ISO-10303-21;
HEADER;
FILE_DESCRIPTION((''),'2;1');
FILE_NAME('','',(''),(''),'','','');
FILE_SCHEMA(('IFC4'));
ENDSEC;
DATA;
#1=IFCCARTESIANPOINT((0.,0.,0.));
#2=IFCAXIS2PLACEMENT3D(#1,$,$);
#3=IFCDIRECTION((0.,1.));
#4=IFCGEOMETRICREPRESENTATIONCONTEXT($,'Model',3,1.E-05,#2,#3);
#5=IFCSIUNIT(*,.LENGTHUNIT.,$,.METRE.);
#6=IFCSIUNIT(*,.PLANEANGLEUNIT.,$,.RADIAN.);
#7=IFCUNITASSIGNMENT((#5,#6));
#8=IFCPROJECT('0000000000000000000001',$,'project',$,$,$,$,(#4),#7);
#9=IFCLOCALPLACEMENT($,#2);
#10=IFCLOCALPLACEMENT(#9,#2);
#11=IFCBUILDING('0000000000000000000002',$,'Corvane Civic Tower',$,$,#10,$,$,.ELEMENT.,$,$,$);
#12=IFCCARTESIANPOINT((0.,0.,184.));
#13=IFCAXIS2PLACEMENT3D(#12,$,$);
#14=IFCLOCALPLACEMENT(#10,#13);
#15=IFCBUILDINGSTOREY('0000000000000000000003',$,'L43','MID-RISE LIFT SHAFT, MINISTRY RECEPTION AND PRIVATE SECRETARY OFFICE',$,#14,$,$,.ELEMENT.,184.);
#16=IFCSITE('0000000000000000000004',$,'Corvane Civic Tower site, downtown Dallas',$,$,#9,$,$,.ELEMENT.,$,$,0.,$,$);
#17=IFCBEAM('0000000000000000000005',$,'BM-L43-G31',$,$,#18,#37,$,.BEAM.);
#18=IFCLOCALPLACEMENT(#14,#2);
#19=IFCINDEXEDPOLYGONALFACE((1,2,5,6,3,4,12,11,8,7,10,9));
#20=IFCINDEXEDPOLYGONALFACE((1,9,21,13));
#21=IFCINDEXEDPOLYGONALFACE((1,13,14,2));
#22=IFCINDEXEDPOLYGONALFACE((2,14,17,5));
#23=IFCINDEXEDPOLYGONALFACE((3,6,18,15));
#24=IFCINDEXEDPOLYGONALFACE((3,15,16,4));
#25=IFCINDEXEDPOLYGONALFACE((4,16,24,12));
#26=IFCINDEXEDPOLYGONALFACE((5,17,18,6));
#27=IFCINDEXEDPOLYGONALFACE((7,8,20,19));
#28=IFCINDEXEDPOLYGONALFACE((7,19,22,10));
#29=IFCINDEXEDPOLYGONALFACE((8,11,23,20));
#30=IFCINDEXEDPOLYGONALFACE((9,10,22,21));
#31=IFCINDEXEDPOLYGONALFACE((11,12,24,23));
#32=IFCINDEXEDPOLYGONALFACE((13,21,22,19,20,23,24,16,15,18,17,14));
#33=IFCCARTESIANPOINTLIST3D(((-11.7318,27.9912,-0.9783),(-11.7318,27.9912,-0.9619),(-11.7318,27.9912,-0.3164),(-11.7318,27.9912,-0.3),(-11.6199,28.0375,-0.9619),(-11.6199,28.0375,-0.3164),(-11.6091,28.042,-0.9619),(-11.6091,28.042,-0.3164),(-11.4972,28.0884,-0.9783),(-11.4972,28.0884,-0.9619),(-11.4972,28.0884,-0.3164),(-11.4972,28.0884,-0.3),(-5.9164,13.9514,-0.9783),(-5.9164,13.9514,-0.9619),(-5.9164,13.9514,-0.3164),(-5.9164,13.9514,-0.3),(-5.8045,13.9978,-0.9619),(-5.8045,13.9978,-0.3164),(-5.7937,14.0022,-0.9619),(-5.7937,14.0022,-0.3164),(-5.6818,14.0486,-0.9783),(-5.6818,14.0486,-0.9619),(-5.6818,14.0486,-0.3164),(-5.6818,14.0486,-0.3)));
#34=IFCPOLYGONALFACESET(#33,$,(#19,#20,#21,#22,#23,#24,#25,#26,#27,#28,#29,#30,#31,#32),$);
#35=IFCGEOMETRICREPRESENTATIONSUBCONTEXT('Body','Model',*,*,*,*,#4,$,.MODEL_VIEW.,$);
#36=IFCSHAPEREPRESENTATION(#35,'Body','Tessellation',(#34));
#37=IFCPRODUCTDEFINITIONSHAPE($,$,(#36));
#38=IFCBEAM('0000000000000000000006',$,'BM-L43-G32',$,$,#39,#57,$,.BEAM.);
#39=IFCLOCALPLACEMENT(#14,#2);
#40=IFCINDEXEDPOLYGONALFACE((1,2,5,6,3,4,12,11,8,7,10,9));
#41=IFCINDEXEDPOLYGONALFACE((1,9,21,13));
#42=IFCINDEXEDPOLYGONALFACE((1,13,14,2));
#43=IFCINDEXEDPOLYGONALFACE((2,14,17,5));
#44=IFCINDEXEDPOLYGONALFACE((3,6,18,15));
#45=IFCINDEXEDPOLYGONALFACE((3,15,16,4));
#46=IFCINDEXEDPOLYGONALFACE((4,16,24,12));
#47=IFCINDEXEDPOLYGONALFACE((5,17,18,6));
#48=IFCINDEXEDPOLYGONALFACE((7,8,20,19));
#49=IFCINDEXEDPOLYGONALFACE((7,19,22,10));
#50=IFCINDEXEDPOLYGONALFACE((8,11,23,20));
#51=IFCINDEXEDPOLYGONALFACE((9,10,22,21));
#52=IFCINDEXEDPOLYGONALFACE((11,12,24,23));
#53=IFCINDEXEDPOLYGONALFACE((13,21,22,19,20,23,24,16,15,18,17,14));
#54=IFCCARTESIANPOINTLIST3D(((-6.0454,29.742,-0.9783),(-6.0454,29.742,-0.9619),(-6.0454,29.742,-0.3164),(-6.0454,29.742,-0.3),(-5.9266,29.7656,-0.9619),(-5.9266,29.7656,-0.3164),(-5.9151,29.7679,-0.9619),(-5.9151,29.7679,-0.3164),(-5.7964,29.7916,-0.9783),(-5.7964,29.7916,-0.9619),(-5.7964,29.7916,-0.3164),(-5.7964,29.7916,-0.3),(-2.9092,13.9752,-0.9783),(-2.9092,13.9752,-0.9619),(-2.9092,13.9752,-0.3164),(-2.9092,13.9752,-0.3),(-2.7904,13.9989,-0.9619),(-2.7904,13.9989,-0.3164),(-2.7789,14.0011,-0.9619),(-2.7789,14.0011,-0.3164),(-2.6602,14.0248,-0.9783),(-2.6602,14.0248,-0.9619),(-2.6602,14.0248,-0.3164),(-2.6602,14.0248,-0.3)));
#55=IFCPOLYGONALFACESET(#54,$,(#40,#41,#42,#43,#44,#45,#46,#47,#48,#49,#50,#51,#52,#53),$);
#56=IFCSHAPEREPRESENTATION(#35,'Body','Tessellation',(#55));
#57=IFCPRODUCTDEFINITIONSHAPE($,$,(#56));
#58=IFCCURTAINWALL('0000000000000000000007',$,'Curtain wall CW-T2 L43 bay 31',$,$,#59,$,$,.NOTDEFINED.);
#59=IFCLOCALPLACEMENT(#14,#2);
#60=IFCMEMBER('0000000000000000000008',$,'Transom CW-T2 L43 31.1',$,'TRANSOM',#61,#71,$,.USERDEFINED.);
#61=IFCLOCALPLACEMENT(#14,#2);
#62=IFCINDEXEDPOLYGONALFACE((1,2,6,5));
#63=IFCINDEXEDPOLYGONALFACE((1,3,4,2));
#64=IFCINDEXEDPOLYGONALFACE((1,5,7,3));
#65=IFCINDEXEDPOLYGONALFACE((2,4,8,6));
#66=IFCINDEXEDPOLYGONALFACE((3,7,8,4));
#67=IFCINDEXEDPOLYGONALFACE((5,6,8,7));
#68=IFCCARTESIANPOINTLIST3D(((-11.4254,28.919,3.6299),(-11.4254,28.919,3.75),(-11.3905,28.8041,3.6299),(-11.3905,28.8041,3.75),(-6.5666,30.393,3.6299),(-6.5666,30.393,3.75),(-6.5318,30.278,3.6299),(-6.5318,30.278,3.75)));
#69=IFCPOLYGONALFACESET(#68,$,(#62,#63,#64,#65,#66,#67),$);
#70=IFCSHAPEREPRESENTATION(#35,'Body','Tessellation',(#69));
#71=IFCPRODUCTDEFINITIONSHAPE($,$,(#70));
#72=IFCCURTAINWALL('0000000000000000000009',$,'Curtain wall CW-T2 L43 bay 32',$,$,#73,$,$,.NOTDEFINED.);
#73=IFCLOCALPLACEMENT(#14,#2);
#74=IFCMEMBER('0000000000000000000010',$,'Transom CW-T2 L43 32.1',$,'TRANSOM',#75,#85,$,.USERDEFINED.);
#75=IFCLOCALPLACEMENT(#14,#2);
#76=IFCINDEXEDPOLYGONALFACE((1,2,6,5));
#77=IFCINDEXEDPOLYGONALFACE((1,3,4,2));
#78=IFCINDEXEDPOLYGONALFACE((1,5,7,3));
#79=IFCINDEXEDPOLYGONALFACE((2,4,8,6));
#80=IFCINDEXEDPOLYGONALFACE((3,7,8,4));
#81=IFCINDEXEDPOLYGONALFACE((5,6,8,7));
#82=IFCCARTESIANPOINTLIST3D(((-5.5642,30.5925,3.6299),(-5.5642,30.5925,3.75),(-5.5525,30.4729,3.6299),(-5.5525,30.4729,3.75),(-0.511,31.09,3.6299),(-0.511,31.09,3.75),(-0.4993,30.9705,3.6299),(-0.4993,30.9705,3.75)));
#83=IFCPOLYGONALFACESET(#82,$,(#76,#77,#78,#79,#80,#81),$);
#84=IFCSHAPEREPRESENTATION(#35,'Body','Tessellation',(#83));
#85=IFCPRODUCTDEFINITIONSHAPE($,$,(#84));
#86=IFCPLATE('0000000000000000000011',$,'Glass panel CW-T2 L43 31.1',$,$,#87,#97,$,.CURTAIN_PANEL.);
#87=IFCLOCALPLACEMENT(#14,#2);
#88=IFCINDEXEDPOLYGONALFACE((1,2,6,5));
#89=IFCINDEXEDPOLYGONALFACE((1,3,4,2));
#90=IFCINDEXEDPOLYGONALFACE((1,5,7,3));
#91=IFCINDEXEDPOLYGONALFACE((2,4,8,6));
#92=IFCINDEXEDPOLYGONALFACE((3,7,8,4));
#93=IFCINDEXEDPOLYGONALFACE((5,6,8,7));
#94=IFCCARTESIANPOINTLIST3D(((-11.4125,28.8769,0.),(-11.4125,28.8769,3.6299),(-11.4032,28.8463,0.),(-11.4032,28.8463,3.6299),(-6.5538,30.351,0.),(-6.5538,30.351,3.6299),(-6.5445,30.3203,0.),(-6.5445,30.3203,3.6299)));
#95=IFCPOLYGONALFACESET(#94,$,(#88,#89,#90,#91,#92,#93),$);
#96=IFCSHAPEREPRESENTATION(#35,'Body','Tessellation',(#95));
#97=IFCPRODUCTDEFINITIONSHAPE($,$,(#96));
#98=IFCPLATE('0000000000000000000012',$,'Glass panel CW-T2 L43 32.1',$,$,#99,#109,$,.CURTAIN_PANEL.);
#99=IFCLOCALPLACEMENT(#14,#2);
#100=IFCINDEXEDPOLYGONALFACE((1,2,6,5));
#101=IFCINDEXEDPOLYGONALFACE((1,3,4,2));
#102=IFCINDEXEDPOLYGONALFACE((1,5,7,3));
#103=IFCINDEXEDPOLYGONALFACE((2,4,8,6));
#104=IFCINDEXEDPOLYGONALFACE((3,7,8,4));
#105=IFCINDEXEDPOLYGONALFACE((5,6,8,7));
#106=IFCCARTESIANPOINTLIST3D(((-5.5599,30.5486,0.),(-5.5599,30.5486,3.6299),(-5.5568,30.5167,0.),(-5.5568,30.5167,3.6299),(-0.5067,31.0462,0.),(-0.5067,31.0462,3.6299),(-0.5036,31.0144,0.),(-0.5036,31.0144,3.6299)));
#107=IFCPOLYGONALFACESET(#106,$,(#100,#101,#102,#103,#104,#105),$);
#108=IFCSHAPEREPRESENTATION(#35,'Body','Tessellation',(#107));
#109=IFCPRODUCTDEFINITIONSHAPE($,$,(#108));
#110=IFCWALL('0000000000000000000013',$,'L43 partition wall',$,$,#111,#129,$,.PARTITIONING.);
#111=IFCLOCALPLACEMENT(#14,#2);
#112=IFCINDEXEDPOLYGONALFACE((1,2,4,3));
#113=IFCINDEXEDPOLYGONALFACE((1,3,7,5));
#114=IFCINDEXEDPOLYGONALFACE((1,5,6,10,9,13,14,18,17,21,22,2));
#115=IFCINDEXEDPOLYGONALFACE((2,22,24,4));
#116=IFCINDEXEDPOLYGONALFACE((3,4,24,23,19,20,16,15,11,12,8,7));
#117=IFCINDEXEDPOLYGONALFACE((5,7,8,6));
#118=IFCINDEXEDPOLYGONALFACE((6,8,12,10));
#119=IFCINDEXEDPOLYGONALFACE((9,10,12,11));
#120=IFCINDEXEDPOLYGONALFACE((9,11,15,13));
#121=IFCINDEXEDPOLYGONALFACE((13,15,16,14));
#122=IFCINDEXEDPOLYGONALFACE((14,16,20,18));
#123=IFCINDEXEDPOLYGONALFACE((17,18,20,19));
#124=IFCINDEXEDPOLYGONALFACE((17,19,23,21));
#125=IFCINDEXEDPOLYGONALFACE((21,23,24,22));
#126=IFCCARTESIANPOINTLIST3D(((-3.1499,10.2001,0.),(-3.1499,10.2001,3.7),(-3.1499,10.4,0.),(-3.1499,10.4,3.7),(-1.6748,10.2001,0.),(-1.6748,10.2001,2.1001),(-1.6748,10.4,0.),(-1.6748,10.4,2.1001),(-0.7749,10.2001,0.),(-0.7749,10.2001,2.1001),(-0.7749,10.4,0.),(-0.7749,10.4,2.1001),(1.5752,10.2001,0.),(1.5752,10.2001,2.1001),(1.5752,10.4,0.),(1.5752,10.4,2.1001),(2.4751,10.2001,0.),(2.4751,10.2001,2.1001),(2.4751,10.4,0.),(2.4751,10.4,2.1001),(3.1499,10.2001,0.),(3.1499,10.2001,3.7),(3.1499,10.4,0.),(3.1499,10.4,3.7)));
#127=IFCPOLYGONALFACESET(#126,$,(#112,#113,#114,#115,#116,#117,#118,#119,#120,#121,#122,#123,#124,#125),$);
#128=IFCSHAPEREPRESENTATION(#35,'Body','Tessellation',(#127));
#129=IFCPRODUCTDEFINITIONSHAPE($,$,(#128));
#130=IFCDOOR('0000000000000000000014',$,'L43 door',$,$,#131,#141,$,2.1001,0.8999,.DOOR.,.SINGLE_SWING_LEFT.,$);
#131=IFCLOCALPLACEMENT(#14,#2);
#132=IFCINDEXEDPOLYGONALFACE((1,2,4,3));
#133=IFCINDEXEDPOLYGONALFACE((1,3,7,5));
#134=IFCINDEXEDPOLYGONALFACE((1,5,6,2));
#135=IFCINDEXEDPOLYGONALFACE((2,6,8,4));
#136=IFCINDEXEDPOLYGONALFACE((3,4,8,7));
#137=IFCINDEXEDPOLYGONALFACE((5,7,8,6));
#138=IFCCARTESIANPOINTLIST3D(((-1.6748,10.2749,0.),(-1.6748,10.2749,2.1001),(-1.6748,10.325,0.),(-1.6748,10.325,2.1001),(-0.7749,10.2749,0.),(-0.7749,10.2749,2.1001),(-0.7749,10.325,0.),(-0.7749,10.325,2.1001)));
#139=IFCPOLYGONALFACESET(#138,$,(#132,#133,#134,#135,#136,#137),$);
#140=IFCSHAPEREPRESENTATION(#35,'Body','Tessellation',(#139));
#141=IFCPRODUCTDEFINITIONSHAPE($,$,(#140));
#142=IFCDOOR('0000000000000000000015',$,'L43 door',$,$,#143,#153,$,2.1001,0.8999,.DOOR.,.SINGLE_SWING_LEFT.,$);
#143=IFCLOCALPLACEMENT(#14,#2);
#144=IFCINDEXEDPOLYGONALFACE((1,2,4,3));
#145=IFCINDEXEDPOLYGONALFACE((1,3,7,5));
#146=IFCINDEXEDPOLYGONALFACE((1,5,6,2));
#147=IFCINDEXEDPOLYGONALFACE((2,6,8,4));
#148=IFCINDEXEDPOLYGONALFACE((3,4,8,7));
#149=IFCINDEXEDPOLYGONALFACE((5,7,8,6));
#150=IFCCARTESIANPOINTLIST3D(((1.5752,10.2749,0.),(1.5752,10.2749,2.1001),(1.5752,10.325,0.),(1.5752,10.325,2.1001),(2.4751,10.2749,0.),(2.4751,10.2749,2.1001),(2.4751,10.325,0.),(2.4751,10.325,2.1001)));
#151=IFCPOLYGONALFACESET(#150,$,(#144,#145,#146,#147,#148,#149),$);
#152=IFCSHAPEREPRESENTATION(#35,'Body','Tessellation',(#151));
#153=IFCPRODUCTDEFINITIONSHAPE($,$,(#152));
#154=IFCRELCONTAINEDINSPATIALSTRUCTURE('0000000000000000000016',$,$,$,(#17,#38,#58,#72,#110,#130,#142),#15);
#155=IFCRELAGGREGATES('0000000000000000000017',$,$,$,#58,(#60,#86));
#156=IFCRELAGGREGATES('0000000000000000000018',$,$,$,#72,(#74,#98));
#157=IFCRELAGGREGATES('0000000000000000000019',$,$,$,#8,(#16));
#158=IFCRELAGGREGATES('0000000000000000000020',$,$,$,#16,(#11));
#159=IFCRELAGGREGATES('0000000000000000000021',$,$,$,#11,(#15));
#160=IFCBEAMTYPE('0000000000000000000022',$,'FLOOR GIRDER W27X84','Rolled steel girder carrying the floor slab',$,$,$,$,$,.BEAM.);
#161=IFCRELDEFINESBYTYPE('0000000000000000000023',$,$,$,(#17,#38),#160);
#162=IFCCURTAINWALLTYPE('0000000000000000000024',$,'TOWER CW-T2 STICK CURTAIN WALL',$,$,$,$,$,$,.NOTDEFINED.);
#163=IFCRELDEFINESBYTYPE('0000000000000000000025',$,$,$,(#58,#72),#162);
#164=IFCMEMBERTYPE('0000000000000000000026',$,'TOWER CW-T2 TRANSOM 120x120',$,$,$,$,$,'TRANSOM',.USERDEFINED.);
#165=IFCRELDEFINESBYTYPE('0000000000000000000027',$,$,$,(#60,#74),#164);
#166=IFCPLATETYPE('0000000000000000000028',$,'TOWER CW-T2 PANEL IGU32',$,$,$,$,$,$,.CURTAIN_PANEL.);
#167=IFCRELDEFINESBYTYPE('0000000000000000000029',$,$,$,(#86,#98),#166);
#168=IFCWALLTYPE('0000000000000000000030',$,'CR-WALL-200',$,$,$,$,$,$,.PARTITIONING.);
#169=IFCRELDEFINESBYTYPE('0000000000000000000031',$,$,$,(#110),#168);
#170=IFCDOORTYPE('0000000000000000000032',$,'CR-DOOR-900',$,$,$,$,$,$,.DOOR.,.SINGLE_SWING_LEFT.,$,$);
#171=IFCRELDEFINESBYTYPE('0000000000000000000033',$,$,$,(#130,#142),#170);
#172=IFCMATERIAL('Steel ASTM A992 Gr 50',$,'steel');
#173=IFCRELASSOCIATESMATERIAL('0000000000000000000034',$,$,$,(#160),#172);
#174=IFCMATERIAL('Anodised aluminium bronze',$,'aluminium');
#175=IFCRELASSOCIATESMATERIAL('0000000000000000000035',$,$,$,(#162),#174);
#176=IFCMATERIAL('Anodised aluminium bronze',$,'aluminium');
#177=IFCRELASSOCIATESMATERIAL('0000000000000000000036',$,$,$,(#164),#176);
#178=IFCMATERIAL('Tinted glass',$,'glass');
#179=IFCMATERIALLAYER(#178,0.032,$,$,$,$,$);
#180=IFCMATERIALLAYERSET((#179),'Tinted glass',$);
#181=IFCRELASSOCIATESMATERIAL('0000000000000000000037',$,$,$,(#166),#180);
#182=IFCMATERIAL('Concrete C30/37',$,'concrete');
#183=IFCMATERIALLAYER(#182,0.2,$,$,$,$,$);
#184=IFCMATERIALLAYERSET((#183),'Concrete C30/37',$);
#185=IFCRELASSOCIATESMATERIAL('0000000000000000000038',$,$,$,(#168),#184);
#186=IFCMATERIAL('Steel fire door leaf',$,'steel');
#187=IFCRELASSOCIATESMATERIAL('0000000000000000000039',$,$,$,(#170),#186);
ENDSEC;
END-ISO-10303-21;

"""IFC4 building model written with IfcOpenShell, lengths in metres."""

from ifc_helpers import new_model, si_unit, direction, frame, frame_2d, origin, origin_2d, place, context, subcontext, project, spatial, rectangle, i_section, extrude, material, layer, layer_set, material_profile, profile_set, type_object, element, fill, aggregate, save


model = new_model("IFC4")

# Units and contexts
model_context = context("Model", 3, precision=1e-05, world=origin(), true_north=direction((0.0, 1.0)))
body_context = subcontext(model_context, "Body", "Model", "MODEL_VIEW")
ifc_project = project(units=[si_unit("LENGTHUNIT", "METRE"), si_unit("PLANEANGLEUNIT", "RADIAN")], contexts=[model_context])

# Site, building, storey
site_placement = place(None, origin())
site = spatial("IfcSite", under=ifc_project, at=site_placement, Name="Corvane Civic Tower site, downtown Dallas", CompositionType="ELEMENT", RefElevation=0.0)
building_placement = place(site_placement, origin())
building = spatial("IfcBuilding", under=site, at=building_placement, Name="Corvane Civic Tower", CompositionType="ELEMENT")
storey_placement = place(building_placement, frame((0.0, 0.0, 184.0)))
storey = spatial("IfcBuildingStorey", under=building, at=storey_placement, Name="L43", Description="MID-RISE LIFT SHAFT, MINISTRY RECEPTION AND PRIVATE SECRETARY OFFICE", CompositionType="ELEMENT", Elevation=184.0)

# Beams
ifc_material_1 = material(Name="Steel ASTM A992 Gr 50", Category="steel")
ifc_material_profile_1 = material_profile(ifc_material_1, i_section(OverallWidth=0.2539, OverallDepth=0.6782, WebThickness=0.0117, FlangeThickness=0.0164, at=origin_2d()), Name="W27X84")
ifc_profile_set_1 = profile_set([ifc_material_profile_1], Name="Steel ASTM A992 Gr 50")
beam_type_1 = type_object("IfcBeamType", Name="FLOOR GIRDER W27X84", Description="Rolled steel girder carrying the floor slab", PredefinedType="BEAM", material=ifc_profile_set_1)
beam_1_placement = place(storey_placement, frame((-5.7991, 14.0, -0.6392), z_axis=(-0.382681, 0.923881, 0.0), x_axis=(-0.923881, -0.382681, 0.0)))
element("IfcBeam", 1, at=beam_1_placement, inside=storey, type_object=beam_type_1, Name="BM-L43-G31", PredefinedType="BEAM", context=body_context, shape_type="SweptSolid", body=[
    extrude(i_section(OverallWidth=0.2539, OverallDepth=0.6782, WebThickness=0.0117, FlangeThickness=0.0164, at=origin_2d()), origin(), (0.0, 0.0, 1.0), 15.1965),
])
beam_2_placement = place(storey_placement, frame((-2.7847, 14.0, -0.6392), z_axis=(-0.195091, 0.980785, 0.0), x_axis=(-0.980785, -0.195091, 0.0)))
element("IfcBeam", 2, at=beam_2_placement, inside=storey, type_object=beam_type_1, Name="BM-L43-G32", PredefinedType="BEAM", context=body_context, shape_type="SweptSolid", body=[
    extrude(i_section(OverallWidth=0.2539, OverallDepth=0.6782, WebThickness=0.0117, FlangeThickness=0.0164, at=origin_2d()), origin(), (0.0, 0.0, 1.0), 16.0757),
])

# Curtain walls, members
ifc_material_2 = material(Name="Anodised aluminium bronze", Category="aluminium")
curtain_wall_type = type_object("IfcCurtainWallType", Name="TOWER CW-T2 STICK CURTAIN WALL", PredefinedType="NOTDEFINED", material=ifc_material_2)
curtain_wall_1_placement = place(storey_placement, origin())
curtain_wall_1 = element("IfcCurtainWall", 3, at=curtain_wall_1_placement, inside=storey, type_object=curtain_wall_type, Name="Curtain wall CW-T2 L43 bay 31", PredefinedType="NOTDEFINED")
ifc_material_3 = material(Name="Anodised aluminium bronze", Category="aluminium")
ifc_material_profile_2 = material_profile(ifc_material_3, rectangle(XDim=0.1201, YDim=0.1201, at=origin_2d()), Name="TOWER CW-T2 TRANSOM 120x120")
ifc_profile_set_2 = profile_set([ifc_material_profile_2], Name="Anodised aluminium bronze")
member_type = type_object("IfcMemberType", Name="TOWER CW-T2 TRANSOM 120x120", ElementType="TRANSOM", PredefinedType="USERDEFINED", material=ifc_profile_set_2)
member_1_placement = place(storey_placement, frame((-11.408, 28.8616, 3.6899), z_axis=(0.956939, 0.290289, 0.0), x_axis=(-0.290289, 0.956939, 0.0)))
member_1 = element("IfcMember", 4, at=member_1_placement, type_object=member_type, Name="Transom CW-T2 L43 31.1", ObjectType="TRANSOM", PredefinedType="USERDEFINED", context=body_context, shape_type="SweptSolid", body=[
    extrude(rectangle(XDim=0.1201, YDim=0.1201, at=origin_2d()), origin(), (0.0, 0.0, 1.0), 5.0774),
])
curtain_wall_2_placement = place(storey_placement, origin())
curtain_wall_2 = element("IfcCurtainWall", 5, at=curtain_wall_2_placement, inside=storey, type_object=curtain_wall_type, Name="Curtain wall CW-T2 L43 bay 32", PredefinedType="NOTDEFINED")
member_2_placement = place(storey_placement, frame((-5.5583, 30.5327, 3.6899), z_axis=(0.995187, 0.09799, 0.0), x_axis=(-0.09799, 0.995187, 0.0)))
member_2 = element("IfcMember", 6, at=member_2_placement, type_object=member_type, Name="Transom CW-T2 L43 32.1", ObjectType="TRANSOM", PredefinedType="USERDEFINED", context=body_context, shape_type="SweptSolid", body=[
    extrude(rectangle(XDim=0.1201, YDim=0.1201, at=origin_2d()), origin(), (0.0, 0.0, 1.0), 5.0776),
])

# Plates
ifc_material_4 = material(Name="Tinted glass", Category="glass")
ifc_layer_1 = layer(ifc_material_4, 0.032)
ifc_layer_set_1 = layer_set([ifc_layer_1], Name="Tinted glass")
plate_type = type_object("IfcPlateType", Name="TOWER CW-T2 PANEL IGU32", PredefinedType="CURTAIN_PANEL", material=ifc_layer_set_1)
plate_1_placement = place(storey_placement, frame((-8.9785, 29.5986, 0.0), z_axis=(0.0, 0.0, 1.0), x_axis=(0.956932, 0.290313, 0.0)))
plate_1 = element("IfcPlate", 7, at=plate_1_placement, type_object=plate_type, Name="Glass panel CW-T2 L43 31.1", PredefinedType="CURTAIN_PANEL", context=body_context, shape_type="SweptSolid", body=[
    extrude(rectangle(XDim=5.0774, YDim=0.032, at=origin_2d()), origin(), (0.0, 0.0, 1.0), 3.6299),
])
aggregate(curtain_wall_1, [member_1, plate_1])
plate_2_placement = place(storey_placement, frame((-3.0317, 30.7815, 0.0), z_axis=(0.0, 0.0, 1.0), x_axis=(0.995185, 0.098012, 0.0)))
plate_2 = element("IfcPlate", 8, at=plate_2_placement, type_object=plate_type, Name="Glass panel CW-T2 L43 32.1", PredefinedType="CURTAIN_PANEL", context=body_context, shape_type="SweptSolid", body=[
    extrude(rectangle(XDim=5.0776, YDim=0.032, at=origin_2d()), origin(), (0.0, 0.0, 1.0), 3.6299),
])
aggregate(curtain_wall_2, [member_2, plate_2])

# Wall, openings, doors
ifc_material_5 = material(Name="Concrete C30/37", Category="concrete")
ifc_layer_2 = layer(ifc_material_5, 0.2)
ifc_layer_set_2 = layer_set([ifc_layer_2], Name="Concrete C30/37")
wall_type_1 = type_object("IfcWallType", Name="CR-WALL-200", PredefinedType="PARTITIONING", material=ifc_layer_set_2)
wall_1_placement = place(storey_placement, frame((-3.1499, 10.3, 0.0), z_axis=(0.0, 0.0, 1.0), x_axis=(1.0, 0.0, 0.0)))
wall_1 = element("IfcWall", 9, at=wall_1_placement, inside=storey, type_object=wall_type_1, Name="L43 partition wall", PredefinedType="PARTITIONING", context=body_context, shape_type="SweptSolid", body=[
    extrude(rectangle(XDim=6.2998, YDim=0.2, at=frame_2d((3.1499, 0.0))), origin(), (0.0, 0.0, 1.0), 3.7),
])
opening_1_placement = place(wall_1_placement, frame((1.4751, 0.0, 0.0)))
opening_1 = element("IfcOpeningElement", 10, at=opening_1_placement, cuts=wall_1, PredefinedType="OPENING", context=body_context, shape_type="SweptSolid", body=[
    extrude(rectangle(XDim=0.8999, YDim=2.1001, at=frame_2d((0.45, 1.05))), frame((0.0, 0.1099, 0.0), z_axis=(0.0, -1.0, 0.0), x_axis=(1.0, 0.0, 0.0)), (0.0, 0.0, 1.0), 0.22),
])
opening_2_placement = place(wall_1_placement, frame((4.7251, 0.0, 0.0)))
opening_2 = element("IfcOpeningElement", 11, at=opening_2_placement, cuts=wall_1, PredefinedType="OPENING", context=body_context, shape_type="SweptSolid", body=[
    extrude(rectangle(XDim=0.8999, YDim=2.1001, at=frame_2d((0.45, 1.05))), frame((0.0, 0.1099, 0.0), z_axis=(0.0, -1.0, 0.0), x_axis=(1.0, 0.0, 0.0)), (0.0, 0.0, 1.0), 0.22),
])
ifc_material_6 = material(Name="Steel fire door leaf", Category="steel")
door_type_1 = type_object("IfcDoorType", Name="CR-DOOR-900", OperationType="SINGLE_SWING_LEFT", PredefinedType="DOOR", material=ifc_material_6)
door_1_placement = place(opening_1_placement, origin())
door_1 = element("IfcDoor", 12, at=door_1_placement, inside=storey, type_object=door_type_1, Name="L43 door", OperationType="SINGLE_SWING_LEFT", OverallHeight=2.1001, OverallWidth=0.8999, PredefinedType="DOOR", context=body_context, shape_type="SweptSolid", body=[
    extrude(rectangle(XDim=0.8999, YDim=2.1001, at=frame_2d((0.45, 1.05))), frame((0.0, 0.0249, 0.0), z_axis=(0.0, -1.0, 0.0), x_axis=(1.0, 0.0, 0.0)), (0.0, 0.0, 1.0), 0.05),
])
fill(opening_1, door_1)
door_2_placement = place(opening_2_placement, origin())
door_2 = element("IfcDoor", 13, at=door_2_placement, inside=storey, type_object=door_type_1, Name="L43 door", OperationType="SINGLE_SWING_LEFT", OverallHeight=2.1001, OverallWidth=0.8999, PredefinedType="DOOR", context=body_context, shape_type="SweptSolid", body=[
    extrude(rectangle(XDim=0.8999, YDim=2.1001, at=frame_2d((0.45, 1.05))), frame((0.0, 0.0249, 0.0), z_axis=(0.0, -1.0, 0.0), x_axis=(1.0, 0.0, 0.0)), (0.0, 0.0, 1.0), 0.05),
])
fill(opening_2, door_2)

save(model, "model.ifc")
